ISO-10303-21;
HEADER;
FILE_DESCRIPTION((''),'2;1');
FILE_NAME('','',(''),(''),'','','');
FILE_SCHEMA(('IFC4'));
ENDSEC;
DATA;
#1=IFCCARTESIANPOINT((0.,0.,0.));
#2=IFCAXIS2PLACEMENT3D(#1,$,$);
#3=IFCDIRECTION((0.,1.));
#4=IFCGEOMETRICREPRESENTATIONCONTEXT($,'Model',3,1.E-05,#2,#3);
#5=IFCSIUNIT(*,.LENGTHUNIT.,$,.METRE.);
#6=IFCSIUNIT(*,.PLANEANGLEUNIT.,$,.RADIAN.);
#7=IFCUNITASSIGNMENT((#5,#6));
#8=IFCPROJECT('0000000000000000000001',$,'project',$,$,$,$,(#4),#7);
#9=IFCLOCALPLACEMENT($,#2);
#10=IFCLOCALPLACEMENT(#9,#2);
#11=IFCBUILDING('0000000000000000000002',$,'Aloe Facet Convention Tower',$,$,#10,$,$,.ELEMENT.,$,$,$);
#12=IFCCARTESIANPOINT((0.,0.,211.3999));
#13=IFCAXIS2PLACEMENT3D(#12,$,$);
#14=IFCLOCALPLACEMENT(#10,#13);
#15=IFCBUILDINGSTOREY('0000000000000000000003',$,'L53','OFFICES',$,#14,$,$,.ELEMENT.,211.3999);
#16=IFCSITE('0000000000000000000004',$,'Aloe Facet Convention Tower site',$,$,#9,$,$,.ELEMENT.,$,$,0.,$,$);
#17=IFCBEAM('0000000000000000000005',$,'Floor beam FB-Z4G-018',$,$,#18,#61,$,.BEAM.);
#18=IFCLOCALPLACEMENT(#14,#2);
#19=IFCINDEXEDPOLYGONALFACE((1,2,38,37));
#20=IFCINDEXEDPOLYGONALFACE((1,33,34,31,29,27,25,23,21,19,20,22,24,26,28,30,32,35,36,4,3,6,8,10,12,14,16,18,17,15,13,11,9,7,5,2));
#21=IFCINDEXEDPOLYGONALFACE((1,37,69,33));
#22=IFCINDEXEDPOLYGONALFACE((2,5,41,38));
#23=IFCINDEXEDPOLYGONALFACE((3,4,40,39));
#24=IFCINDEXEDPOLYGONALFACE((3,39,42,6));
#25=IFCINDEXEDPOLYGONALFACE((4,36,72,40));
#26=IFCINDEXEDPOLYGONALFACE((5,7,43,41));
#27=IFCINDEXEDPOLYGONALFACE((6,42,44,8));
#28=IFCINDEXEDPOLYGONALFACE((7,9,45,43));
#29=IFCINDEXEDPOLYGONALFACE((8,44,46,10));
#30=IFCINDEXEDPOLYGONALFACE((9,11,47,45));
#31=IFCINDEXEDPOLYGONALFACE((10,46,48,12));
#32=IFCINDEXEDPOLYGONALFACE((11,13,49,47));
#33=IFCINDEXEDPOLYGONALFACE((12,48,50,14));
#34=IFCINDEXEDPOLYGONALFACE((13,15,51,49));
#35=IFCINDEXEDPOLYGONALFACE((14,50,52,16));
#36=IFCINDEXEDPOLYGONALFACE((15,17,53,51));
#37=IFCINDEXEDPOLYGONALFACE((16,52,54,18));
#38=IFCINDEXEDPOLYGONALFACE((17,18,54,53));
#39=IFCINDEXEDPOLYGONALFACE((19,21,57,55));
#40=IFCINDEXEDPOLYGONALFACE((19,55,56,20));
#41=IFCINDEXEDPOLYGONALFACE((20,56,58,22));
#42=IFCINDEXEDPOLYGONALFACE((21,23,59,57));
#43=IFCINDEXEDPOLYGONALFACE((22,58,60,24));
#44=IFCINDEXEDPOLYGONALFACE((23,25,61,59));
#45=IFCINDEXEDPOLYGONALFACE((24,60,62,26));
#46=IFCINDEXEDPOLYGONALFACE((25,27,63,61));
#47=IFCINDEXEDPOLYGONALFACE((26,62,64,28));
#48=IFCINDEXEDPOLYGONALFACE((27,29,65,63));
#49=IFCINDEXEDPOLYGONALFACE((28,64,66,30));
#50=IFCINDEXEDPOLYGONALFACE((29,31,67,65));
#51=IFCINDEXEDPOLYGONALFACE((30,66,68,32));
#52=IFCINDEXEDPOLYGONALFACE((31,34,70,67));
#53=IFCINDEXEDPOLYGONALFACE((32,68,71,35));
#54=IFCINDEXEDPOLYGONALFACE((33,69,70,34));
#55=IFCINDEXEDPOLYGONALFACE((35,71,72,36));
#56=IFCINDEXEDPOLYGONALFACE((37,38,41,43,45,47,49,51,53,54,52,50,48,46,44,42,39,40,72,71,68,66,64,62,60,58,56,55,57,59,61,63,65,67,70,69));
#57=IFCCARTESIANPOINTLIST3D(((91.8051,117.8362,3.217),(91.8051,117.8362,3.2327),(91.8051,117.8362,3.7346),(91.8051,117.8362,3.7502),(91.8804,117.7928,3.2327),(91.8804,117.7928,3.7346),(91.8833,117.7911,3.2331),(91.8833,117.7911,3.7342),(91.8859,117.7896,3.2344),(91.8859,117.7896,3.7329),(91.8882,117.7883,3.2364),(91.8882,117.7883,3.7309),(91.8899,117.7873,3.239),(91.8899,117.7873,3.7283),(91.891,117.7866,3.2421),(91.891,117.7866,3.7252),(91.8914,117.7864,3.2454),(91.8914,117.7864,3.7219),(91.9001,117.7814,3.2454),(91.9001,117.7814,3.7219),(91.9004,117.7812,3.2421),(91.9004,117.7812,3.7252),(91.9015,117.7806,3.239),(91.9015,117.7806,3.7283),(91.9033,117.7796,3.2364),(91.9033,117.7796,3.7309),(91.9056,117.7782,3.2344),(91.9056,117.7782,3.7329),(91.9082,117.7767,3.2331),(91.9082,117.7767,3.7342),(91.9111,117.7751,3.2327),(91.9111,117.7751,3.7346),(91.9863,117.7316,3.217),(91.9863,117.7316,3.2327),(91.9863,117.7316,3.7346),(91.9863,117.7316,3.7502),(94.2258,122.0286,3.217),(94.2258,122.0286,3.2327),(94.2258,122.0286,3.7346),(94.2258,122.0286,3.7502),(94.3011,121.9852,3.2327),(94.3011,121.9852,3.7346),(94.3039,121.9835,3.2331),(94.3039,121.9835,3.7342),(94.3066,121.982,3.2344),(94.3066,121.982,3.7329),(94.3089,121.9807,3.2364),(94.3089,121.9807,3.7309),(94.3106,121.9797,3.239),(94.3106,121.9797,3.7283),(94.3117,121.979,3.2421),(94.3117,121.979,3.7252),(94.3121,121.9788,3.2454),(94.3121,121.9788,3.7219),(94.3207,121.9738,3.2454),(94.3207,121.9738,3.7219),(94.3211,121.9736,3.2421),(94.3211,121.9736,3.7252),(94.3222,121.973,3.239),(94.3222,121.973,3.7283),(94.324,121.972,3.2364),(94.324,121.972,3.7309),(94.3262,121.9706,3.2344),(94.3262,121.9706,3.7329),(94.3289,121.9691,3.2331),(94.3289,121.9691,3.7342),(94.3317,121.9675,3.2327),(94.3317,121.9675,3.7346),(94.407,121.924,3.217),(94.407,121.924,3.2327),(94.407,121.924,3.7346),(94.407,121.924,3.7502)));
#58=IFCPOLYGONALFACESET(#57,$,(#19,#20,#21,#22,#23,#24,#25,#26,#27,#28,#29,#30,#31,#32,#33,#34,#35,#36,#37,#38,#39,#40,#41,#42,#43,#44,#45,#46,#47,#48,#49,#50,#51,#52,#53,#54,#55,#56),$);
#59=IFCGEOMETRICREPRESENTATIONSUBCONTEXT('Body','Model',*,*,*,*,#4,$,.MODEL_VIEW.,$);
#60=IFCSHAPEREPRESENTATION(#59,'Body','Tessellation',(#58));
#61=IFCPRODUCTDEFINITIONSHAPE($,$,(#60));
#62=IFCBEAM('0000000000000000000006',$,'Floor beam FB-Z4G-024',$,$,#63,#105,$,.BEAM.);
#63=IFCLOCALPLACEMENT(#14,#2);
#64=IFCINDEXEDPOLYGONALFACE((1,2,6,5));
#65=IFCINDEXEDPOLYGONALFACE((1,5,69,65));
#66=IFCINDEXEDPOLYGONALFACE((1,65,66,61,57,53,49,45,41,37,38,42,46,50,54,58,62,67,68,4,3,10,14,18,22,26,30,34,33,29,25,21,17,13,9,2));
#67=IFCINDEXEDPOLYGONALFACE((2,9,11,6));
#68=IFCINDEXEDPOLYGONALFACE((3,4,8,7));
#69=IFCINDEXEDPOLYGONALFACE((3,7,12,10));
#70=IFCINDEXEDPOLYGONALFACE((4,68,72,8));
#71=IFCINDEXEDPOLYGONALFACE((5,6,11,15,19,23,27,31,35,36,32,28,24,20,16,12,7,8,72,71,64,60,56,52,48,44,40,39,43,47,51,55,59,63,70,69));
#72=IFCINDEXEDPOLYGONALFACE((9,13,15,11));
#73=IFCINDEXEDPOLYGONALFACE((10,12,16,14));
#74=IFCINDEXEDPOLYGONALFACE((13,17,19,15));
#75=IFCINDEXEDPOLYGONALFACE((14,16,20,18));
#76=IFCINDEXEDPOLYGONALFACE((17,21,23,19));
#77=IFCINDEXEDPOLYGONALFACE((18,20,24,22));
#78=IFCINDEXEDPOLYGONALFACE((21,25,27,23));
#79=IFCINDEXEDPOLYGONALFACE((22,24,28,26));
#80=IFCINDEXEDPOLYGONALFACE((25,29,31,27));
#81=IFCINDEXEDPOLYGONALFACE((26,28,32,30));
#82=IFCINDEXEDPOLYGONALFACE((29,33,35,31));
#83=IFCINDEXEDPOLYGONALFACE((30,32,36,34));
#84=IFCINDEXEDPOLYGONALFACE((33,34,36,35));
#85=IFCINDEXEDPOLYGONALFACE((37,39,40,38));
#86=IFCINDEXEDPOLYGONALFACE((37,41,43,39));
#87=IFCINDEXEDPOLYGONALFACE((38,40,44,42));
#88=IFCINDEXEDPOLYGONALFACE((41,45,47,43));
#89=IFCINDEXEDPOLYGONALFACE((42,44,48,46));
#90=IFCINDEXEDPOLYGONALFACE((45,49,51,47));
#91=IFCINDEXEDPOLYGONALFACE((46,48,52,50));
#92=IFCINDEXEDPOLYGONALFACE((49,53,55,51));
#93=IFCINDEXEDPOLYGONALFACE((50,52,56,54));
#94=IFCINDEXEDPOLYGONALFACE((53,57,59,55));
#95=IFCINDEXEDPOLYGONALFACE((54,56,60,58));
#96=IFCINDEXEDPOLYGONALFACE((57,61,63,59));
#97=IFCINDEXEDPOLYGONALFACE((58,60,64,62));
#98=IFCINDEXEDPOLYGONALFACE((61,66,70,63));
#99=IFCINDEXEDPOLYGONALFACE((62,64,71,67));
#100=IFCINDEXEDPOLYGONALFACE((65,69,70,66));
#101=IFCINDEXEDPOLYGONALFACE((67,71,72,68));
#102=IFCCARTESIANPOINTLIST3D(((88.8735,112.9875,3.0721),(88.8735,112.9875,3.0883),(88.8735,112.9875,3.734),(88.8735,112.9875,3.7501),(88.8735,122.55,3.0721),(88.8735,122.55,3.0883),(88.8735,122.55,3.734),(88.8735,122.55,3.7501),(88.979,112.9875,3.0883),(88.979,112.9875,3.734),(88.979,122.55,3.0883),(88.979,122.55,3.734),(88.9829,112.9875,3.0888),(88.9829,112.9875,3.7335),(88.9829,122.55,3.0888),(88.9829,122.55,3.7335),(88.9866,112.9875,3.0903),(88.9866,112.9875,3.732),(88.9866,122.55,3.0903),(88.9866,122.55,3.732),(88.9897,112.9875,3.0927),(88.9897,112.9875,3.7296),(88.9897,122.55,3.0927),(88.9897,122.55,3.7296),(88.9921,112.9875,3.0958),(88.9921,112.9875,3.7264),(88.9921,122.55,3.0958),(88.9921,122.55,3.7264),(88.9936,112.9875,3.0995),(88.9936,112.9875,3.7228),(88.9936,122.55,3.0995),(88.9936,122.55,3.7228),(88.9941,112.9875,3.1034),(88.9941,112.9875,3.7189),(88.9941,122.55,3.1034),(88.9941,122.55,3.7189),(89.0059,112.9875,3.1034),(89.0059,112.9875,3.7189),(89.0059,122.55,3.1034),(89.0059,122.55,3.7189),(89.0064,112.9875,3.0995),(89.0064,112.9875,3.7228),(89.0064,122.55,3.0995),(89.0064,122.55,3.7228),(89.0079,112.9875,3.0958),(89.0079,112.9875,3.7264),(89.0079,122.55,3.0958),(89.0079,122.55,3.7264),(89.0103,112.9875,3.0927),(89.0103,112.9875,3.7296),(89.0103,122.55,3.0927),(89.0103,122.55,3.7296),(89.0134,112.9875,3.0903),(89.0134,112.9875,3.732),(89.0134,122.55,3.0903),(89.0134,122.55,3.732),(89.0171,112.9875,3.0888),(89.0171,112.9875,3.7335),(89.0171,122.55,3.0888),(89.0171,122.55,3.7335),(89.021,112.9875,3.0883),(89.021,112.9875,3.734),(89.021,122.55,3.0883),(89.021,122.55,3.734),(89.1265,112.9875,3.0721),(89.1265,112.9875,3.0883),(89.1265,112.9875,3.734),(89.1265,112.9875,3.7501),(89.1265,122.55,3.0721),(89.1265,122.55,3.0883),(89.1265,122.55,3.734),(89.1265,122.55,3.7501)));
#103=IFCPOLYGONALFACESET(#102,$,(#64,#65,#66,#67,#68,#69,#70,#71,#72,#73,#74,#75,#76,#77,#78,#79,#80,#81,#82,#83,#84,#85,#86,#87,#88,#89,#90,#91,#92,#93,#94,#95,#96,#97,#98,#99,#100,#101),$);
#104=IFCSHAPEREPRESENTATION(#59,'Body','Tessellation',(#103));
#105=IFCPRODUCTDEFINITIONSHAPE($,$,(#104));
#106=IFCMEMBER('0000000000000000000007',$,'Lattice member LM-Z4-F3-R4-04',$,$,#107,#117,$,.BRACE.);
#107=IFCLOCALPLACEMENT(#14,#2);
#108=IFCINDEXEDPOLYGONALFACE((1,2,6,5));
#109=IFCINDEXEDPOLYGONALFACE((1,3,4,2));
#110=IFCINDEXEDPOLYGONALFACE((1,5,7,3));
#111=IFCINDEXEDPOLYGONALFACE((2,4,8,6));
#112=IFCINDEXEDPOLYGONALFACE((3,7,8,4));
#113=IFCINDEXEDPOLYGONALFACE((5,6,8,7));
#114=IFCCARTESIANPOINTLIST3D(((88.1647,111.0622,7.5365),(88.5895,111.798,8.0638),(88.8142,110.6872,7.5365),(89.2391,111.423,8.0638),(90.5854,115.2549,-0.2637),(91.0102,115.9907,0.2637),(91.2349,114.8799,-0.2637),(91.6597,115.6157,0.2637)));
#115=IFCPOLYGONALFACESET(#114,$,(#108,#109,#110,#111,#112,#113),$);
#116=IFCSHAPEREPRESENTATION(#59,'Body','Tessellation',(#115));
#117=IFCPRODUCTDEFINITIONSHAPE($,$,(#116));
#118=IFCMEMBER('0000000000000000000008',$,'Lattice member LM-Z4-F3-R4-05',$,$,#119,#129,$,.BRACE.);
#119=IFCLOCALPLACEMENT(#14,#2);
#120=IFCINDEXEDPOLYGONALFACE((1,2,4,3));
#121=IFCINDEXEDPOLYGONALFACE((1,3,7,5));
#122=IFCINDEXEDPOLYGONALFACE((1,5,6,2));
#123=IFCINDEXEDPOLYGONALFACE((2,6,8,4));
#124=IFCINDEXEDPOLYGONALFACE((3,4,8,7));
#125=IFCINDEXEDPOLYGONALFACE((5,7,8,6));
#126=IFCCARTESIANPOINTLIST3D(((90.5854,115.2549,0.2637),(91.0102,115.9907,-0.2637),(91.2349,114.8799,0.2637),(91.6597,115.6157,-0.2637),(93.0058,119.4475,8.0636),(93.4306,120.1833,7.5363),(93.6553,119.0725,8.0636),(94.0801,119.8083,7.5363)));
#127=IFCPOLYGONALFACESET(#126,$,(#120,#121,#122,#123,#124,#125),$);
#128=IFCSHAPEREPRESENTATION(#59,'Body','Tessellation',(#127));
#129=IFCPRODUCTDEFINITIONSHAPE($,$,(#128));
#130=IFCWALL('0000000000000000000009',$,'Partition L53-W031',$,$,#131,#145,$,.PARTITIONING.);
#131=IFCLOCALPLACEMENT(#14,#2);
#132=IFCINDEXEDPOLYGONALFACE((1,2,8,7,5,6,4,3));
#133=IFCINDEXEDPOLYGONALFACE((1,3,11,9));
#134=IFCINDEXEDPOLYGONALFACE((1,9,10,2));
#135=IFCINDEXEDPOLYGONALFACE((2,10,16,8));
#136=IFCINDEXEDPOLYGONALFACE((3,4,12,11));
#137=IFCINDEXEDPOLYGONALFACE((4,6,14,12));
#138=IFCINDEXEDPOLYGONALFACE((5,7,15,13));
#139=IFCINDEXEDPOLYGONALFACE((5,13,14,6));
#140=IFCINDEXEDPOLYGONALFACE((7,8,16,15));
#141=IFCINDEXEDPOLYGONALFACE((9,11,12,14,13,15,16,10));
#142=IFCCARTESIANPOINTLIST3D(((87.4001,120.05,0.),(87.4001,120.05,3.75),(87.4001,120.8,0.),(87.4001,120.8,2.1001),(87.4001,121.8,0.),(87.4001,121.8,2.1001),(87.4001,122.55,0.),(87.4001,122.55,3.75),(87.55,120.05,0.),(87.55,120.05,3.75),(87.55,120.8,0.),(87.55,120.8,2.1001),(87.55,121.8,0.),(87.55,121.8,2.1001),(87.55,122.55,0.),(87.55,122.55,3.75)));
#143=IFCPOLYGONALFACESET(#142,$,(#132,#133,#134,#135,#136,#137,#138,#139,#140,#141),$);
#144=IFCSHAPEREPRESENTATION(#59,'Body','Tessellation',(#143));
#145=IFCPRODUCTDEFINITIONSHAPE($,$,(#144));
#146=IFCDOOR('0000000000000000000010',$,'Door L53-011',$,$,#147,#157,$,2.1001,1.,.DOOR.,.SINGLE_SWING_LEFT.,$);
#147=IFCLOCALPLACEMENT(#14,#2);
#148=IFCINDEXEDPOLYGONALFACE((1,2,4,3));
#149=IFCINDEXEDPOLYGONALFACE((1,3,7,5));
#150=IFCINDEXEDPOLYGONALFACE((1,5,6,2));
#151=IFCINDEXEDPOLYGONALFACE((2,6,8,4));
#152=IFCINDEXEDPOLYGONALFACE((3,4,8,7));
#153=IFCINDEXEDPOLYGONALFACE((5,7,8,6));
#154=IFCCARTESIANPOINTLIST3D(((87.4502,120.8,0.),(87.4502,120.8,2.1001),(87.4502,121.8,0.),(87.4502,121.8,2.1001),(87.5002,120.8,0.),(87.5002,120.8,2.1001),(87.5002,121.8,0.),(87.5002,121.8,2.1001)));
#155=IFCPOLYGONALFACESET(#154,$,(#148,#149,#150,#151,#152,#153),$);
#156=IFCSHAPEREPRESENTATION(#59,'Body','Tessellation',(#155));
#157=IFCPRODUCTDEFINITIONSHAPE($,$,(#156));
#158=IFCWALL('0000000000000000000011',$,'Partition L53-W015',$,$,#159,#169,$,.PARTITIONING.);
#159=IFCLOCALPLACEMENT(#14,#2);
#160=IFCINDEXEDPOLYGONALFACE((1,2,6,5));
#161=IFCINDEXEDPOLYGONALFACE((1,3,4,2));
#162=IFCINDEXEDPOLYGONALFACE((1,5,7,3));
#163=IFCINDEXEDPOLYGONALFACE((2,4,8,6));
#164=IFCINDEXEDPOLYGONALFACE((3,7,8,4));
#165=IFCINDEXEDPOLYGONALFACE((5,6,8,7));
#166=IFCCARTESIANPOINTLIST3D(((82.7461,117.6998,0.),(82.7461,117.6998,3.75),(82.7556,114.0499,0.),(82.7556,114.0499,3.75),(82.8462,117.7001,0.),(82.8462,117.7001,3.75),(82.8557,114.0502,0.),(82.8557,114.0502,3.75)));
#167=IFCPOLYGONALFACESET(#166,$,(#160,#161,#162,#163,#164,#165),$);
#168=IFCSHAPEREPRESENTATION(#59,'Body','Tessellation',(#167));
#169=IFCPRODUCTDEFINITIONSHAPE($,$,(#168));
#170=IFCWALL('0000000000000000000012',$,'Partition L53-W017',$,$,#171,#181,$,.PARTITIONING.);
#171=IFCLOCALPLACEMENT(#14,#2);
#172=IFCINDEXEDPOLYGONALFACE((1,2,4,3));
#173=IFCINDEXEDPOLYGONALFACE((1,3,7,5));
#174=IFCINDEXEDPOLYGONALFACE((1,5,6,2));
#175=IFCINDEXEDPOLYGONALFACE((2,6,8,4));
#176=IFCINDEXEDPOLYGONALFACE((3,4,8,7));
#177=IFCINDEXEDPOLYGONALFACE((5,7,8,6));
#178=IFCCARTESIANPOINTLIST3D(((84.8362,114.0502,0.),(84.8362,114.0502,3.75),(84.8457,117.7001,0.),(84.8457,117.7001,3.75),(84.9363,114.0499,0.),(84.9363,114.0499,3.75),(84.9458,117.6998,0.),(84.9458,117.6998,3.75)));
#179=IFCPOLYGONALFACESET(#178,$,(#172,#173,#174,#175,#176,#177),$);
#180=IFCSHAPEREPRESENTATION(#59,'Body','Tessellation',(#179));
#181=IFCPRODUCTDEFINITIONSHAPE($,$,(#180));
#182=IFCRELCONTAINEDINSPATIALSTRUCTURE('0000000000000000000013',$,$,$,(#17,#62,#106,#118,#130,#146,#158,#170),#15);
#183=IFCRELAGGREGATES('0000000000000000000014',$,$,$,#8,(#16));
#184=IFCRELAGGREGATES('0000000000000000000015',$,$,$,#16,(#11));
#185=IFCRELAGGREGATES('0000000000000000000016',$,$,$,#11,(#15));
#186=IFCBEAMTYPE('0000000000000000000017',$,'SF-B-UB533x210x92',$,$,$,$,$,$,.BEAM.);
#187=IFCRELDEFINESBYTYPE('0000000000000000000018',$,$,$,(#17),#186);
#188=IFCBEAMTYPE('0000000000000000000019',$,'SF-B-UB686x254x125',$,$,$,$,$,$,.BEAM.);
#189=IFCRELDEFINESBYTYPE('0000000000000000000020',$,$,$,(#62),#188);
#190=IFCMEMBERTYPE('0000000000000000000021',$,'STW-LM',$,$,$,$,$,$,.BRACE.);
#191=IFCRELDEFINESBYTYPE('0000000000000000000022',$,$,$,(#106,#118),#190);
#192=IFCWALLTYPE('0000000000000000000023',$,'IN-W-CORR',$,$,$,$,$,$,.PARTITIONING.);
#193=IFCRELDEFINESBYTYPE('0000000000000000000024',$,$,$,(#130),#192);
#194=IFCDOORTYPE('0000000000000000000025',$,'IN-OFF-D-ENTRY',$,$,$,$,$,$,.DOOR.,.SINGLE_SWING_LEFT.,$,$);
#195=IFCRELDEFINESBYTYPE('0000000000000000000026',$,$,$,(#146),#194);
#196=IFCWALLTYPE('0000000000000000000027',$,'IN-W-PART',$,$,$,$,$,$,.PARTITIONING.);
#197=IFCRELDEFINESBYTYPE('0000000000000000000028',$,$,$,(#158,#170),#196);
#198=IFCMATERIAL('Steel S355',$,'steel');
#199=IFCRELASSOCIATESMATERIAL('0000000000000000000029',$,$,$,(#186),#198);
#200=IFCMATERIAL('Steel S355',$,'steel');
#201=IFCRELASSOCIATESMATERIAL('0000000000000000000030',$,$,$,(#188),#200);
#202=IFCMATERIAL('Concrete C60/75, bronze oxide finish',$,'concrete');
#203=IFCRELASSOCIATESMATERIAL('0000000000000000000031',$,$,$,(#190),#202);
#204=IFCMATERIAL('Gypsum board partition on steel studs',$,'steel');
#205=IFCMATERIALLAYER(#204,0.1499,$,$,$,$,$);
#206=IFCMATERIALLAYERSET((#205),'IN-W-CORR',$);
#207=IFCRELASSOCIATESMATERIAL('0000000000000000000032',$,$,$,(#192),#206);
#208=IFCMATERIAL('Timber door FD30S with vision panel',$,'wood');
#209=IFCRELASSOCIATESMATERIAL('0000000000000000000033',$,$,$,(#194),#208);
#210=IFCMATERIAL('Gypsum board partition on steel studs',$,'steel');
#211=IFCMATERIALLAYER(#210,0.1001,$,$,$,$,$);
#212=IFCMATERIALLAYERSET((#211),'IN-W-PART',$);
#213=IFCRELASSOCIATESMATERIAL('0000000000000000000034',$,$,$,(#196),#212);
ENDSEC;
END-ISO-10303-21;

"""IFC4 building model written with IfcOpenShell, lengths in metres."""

from ifc_helpers import new_model, si_unit, direction, frame, frame_2d, origin, origin_2d, place, context, subcontext, project, spatial, rectangle, i_section, extrude, material, layer, layer_set, material_profile, profile_set, type_object, element, fill, save


model = new_model("IFC4")

# Units and contexts
model_context = context("Model", 3, precision=1e-05, world=origin(), true_north=direction((0.0, 1.0)))
body_context = subcontext(model_context, "Body", "Model", "MODEL_VIEW")
ifc_project = project(units=[si_unit("LENGTHUNIT", "METRE"), si_unit("PLANEANGLEUNIT", "RADIAN")], contexts=[model_context])

# Site, building, storey
site_placement = place(None, origin())
site = spatial("IfcSite", under=ifc_project, at=site_placement, Name="Aloe Facet Convention Tower site", CompositionType="ELEMENT", RefElevation=0.0)
building_placement = place(site_placement, origin())
building = spatial("IfcBuilding", under=site, at=building_placement, Name="Aloe Facet Convention Tower", CompositionType="ELEMENT")
storey_placement = place(building_placement, frame((0.0, 0.0, 211.3999)))
storey = spatial("IfcBuildingStorey", under=building, at=storey_placement, Name="L53", Description="OFFICES", CompositionType="ELEMENT", Elevation=211.3999)

# Beams
ifc_material_1 = material(Name="Steel S355", Category="steel")
ifc_material_profile_1 = material_profile(ifc_material_1, i_section(OverallWidth=0.2092, OverallDepth=0.5332, WebThickness=0.01, FlangeThickness=0.0156, FilletRadius=0.0127, at=origin_2d()), Name="UB 533x210x92")
ifc_profile_set_1 = profile_set([ifc_material_profile_1], Name="Steel S355")
beam_type_1 = type_object("IfcBeamType", Name="SF-B-UB533x210x92", PredefinedType="BEAM", material=ifc_profile_set_1)
beam_1_placement = place(storey_placement, frame((94.3164, 121.9763, 3.4836), z_axis=(-0.500028, -0.866009, 0.0), x_axis=(0.866009, -0.500028, 0.0)))
element("IfcBeam", 1, at=beam_1_placement, inside=storey, type_object=beam_type_1, Name="Floor beam FB-Z4G-018", PredefinedType="BEAM", context=body_context, shape_type="SweptSolid", body=[
    extrude(i_section(OverallWidth=0.2092, OverallDepth=0.5332, WebThickness=0.01, FlangeThickness=0.0156, FilletRadius=0.0127, at=origin_2d()), origin(), (0.0, 0.0, 1.0), 4.8411),
])
ifc_material_2 = material(Name="Steel S355", Category="steel")
ifc_material_profile_2 = material_profile(ifc_material_2, i_section(OverallWidth=0.2529, OverallDepth=0.678, WebThickness=0.0117, FlangeThickness=0.0161, FilletRadius=0.0151, at=origin_2d()), Name="UB 686x254x125")
ifc_profile_set_2 = profile_set([ifc_material_profile_2], Name="Steel S355")
beam_type_2 = type_object("IfcBeamType", Name="SF-B-UB686x254x125", PredefinedType="BEAM", material=ifc_profile_set_2)
beam_2_placement = place(storey_placement, frame((89.0, 122.55, 3.4111), z_axis=(0.0, -1.0, 0.0), x_axis=(1.0, 0.0, 0.0)))
element("IfcBeam", 2, at=beam_2_placement, inside=storey, type_object=beam_type_2, Name="Floor beam FB-Z4G-024", PredefinedType="BEAM", context=body_context, shape_type="SweptSolid", body=[
    extrude(i_section(OverallWidth=0.2529, OverallDepth=0.678, WebThickness=0.0117, FlangeThickness=0.0161, FilletRadius=0.0151, at=origin_2d()), origin(), (0.0, 0.0, 1.0), 9.5625),
])

# Members
ifc_material_3 = material(Name="Concrete C60/75, bronze oxide finish", Category="concrete")
ifc_material_profile_3 = material_profile(ifc_material_3, rectangle(XDim=0.75, YDim=1.0, at=origin_2d()), Name="STW-LM")
ifc_profile_set_3 = profile_set([ifc_material_profile_3], Name="Concrete C60/75, bronze oxide finish")
member_type = type_object("IfcMemberType", Name="STW-LM", PredefinedType="BRACE", material=ifc_profile_set_3)
member_1_placement = place(storey_placement, frame((91.1226, 115.4353, 0.0), z_axis=(-0.263678, -0.456697, 0.849648), x_axis=(0.866022, -0.500006, 0.0)))
element("IfcMember", 3, at=member_1_placement, inside=storey, type_object=member_type, Name="Lattice member LM-Z4-F3-R4-04", PredefinedType="BRACE", context=body_context, shape_type="SweptSolid", body=[
    extrude(rectangle(XDim=0.75, YDim=1.0, at=origin_2d()), origin(), (0.0, 0.0, 1.0), 9.1804),
])
member_2_placement = place(storey_placement, frame((91.1226, 115.4353, 0.0), z_axis=(0.263654, 0.4567, 0.849654), x_axis=(-0.866044, 0.499968, 0.0)))
element("IfcMember", 4, at=member_2_placement, inside=storey, type_object=member_type, Name="Lattice member LM-Z4-F3-R4-05", PredefinedType="BRACE", context=body_context, shape_type="SweptSolid", body=[
    extrude(rectangle(XDim=0.75, YDim=1.0, at=origin_2d()), origin(), (0.0, 0.0, 1.0), 9.1802),
])

# Wall, opening, door
ifc_material_4 = material(Name="Gypsum board partition on steel studs", Category="steel")
ifc_layer_1 = layer(ifc_material_4, 0.1499)
ifc_layer_set_1 = layer_set([ifc_layer_1], Name="IN-W-CORR")
wall_type_1 = type_object("IfcWallType", Name="IN-W-CORR", PredefinedType="PARTITIONING", material=ifc_layer_set_1)
wall_1_placement = place(storey_placement, frame((87.4751, 120.05, 0.0), z_axis=(0.0, 0.0, 1.0), x_axis=(0.0, 1.0, 0.0)))
wall_1 = element("IfcWall", 5, at=wall_1_placement, inside=storey, type_object=wall_type_1, Name="Partition L53-W031", PredefinedType="PARTITIONING", context=body_context, shape_type="SweptSolid", body=[
    extrude(rectangle(XDim=2.5, YDim=0.1499, at=frame_2d((1.25, 0.0))), origin(), (0.0, 0.0, 1.0), 3.75),
])
opening_1_placement = place(wall_1_placement, frame((0.75, 0.0, 0.0)))
opening_1 = element("IfcOpeningElement", 6, at=opening_1_placement, cuts=wall_1, PredefinedType="OPENING", context=body_context, shape_type="SweptSolid", body=[
    extrude(rectangle(XDim=1.0, YDim=2.1001, at=frame_2d((0.5, 1.05))), frame((0.0, 0.085, 0.0), z_axis=(0.0, -1.0, 0.0), x_axis=(1.0, 0.0, 0.0)), (0.0, 0.0, 1.0), 0.1699),
])
ifc_material_5 = material(Name="Timber door FD30S with vision panel", Category="wood")
door_type_1 = type_object("IfcDoorType", Name="IN-OFF-D-ENTRY", OperationType="SINGLE_SWING_LEFT", PredefinedType="DOOR", material=ifc_material_5)
door_1_placement = place(opening_1_placement, origin())
door_1 = element("IfcDoor", 7, at=door_1_placement, inside=storey, type_object=door_type_1, Name="Door L53-011", OperationType="SINGLE_SWING_LEFT", OverallHeight=2.1001, OverallWidth=1.0, PredefinedType="DOOR", context=body_context, shape_type="SweptSolid", body=[
    extrude(rectangle(XDim=1.0, YDim=2.1001, at=frame_2d((0.5, 1.05))), frame((0.0, 0.0249, 0.0), z_axis=(0.0, -1.0, 0.0), x_axis=(1.0, 0.0, 0.0)), (0.0, 0.0, 1.0), 0.05),
])
fill(opening_1, door_1)

# Walls
ifc_material_6 = material(Name="Gypsum board partition on steel studs", Category="steel")
ifc_layer_2 = layer(ifc_material_6, 0.1001)
ifc_layer_set_2 = layer_set([ifc_layer_2], Name="IN-W-PART")
wall_type_2 = type_object("IfcWallType", Name="IN-W-PART", PredefinedType="PARTITIONING", material=ifc_layer_set_2)
for number, where, z_axis, x_axis, name in (
    (8, (82.8057, 114.05, 0.0), (0.0, 0.0, 1.0), (-0.002609, 0.999997, 0.0), "Partition L53-W015"),
    (9, (84.8862, 114.05, 0.0), (0.0, 0.0, 1.0), (0.002609, 0.999997, 0.0), "Partition L53-W017"),
):
    element("IfcWall", number, at=place(storey_placement, frame(where, z_axis=z_axis, x_axis=x_axis)), inside=storey, type_object=wall_type_2, Name=name, PredefinedType="PARTITIONING", context=body_context, shape_type="SweptSolid", body=[
        extrude(rectangle(XDim=3.6499, YDim=0.1001, at=frame_2d((1.825, 0.0))), origin(), (0.0, 0.0, 1.0), 3.75),
    ])

save(model, "model.ifc")
